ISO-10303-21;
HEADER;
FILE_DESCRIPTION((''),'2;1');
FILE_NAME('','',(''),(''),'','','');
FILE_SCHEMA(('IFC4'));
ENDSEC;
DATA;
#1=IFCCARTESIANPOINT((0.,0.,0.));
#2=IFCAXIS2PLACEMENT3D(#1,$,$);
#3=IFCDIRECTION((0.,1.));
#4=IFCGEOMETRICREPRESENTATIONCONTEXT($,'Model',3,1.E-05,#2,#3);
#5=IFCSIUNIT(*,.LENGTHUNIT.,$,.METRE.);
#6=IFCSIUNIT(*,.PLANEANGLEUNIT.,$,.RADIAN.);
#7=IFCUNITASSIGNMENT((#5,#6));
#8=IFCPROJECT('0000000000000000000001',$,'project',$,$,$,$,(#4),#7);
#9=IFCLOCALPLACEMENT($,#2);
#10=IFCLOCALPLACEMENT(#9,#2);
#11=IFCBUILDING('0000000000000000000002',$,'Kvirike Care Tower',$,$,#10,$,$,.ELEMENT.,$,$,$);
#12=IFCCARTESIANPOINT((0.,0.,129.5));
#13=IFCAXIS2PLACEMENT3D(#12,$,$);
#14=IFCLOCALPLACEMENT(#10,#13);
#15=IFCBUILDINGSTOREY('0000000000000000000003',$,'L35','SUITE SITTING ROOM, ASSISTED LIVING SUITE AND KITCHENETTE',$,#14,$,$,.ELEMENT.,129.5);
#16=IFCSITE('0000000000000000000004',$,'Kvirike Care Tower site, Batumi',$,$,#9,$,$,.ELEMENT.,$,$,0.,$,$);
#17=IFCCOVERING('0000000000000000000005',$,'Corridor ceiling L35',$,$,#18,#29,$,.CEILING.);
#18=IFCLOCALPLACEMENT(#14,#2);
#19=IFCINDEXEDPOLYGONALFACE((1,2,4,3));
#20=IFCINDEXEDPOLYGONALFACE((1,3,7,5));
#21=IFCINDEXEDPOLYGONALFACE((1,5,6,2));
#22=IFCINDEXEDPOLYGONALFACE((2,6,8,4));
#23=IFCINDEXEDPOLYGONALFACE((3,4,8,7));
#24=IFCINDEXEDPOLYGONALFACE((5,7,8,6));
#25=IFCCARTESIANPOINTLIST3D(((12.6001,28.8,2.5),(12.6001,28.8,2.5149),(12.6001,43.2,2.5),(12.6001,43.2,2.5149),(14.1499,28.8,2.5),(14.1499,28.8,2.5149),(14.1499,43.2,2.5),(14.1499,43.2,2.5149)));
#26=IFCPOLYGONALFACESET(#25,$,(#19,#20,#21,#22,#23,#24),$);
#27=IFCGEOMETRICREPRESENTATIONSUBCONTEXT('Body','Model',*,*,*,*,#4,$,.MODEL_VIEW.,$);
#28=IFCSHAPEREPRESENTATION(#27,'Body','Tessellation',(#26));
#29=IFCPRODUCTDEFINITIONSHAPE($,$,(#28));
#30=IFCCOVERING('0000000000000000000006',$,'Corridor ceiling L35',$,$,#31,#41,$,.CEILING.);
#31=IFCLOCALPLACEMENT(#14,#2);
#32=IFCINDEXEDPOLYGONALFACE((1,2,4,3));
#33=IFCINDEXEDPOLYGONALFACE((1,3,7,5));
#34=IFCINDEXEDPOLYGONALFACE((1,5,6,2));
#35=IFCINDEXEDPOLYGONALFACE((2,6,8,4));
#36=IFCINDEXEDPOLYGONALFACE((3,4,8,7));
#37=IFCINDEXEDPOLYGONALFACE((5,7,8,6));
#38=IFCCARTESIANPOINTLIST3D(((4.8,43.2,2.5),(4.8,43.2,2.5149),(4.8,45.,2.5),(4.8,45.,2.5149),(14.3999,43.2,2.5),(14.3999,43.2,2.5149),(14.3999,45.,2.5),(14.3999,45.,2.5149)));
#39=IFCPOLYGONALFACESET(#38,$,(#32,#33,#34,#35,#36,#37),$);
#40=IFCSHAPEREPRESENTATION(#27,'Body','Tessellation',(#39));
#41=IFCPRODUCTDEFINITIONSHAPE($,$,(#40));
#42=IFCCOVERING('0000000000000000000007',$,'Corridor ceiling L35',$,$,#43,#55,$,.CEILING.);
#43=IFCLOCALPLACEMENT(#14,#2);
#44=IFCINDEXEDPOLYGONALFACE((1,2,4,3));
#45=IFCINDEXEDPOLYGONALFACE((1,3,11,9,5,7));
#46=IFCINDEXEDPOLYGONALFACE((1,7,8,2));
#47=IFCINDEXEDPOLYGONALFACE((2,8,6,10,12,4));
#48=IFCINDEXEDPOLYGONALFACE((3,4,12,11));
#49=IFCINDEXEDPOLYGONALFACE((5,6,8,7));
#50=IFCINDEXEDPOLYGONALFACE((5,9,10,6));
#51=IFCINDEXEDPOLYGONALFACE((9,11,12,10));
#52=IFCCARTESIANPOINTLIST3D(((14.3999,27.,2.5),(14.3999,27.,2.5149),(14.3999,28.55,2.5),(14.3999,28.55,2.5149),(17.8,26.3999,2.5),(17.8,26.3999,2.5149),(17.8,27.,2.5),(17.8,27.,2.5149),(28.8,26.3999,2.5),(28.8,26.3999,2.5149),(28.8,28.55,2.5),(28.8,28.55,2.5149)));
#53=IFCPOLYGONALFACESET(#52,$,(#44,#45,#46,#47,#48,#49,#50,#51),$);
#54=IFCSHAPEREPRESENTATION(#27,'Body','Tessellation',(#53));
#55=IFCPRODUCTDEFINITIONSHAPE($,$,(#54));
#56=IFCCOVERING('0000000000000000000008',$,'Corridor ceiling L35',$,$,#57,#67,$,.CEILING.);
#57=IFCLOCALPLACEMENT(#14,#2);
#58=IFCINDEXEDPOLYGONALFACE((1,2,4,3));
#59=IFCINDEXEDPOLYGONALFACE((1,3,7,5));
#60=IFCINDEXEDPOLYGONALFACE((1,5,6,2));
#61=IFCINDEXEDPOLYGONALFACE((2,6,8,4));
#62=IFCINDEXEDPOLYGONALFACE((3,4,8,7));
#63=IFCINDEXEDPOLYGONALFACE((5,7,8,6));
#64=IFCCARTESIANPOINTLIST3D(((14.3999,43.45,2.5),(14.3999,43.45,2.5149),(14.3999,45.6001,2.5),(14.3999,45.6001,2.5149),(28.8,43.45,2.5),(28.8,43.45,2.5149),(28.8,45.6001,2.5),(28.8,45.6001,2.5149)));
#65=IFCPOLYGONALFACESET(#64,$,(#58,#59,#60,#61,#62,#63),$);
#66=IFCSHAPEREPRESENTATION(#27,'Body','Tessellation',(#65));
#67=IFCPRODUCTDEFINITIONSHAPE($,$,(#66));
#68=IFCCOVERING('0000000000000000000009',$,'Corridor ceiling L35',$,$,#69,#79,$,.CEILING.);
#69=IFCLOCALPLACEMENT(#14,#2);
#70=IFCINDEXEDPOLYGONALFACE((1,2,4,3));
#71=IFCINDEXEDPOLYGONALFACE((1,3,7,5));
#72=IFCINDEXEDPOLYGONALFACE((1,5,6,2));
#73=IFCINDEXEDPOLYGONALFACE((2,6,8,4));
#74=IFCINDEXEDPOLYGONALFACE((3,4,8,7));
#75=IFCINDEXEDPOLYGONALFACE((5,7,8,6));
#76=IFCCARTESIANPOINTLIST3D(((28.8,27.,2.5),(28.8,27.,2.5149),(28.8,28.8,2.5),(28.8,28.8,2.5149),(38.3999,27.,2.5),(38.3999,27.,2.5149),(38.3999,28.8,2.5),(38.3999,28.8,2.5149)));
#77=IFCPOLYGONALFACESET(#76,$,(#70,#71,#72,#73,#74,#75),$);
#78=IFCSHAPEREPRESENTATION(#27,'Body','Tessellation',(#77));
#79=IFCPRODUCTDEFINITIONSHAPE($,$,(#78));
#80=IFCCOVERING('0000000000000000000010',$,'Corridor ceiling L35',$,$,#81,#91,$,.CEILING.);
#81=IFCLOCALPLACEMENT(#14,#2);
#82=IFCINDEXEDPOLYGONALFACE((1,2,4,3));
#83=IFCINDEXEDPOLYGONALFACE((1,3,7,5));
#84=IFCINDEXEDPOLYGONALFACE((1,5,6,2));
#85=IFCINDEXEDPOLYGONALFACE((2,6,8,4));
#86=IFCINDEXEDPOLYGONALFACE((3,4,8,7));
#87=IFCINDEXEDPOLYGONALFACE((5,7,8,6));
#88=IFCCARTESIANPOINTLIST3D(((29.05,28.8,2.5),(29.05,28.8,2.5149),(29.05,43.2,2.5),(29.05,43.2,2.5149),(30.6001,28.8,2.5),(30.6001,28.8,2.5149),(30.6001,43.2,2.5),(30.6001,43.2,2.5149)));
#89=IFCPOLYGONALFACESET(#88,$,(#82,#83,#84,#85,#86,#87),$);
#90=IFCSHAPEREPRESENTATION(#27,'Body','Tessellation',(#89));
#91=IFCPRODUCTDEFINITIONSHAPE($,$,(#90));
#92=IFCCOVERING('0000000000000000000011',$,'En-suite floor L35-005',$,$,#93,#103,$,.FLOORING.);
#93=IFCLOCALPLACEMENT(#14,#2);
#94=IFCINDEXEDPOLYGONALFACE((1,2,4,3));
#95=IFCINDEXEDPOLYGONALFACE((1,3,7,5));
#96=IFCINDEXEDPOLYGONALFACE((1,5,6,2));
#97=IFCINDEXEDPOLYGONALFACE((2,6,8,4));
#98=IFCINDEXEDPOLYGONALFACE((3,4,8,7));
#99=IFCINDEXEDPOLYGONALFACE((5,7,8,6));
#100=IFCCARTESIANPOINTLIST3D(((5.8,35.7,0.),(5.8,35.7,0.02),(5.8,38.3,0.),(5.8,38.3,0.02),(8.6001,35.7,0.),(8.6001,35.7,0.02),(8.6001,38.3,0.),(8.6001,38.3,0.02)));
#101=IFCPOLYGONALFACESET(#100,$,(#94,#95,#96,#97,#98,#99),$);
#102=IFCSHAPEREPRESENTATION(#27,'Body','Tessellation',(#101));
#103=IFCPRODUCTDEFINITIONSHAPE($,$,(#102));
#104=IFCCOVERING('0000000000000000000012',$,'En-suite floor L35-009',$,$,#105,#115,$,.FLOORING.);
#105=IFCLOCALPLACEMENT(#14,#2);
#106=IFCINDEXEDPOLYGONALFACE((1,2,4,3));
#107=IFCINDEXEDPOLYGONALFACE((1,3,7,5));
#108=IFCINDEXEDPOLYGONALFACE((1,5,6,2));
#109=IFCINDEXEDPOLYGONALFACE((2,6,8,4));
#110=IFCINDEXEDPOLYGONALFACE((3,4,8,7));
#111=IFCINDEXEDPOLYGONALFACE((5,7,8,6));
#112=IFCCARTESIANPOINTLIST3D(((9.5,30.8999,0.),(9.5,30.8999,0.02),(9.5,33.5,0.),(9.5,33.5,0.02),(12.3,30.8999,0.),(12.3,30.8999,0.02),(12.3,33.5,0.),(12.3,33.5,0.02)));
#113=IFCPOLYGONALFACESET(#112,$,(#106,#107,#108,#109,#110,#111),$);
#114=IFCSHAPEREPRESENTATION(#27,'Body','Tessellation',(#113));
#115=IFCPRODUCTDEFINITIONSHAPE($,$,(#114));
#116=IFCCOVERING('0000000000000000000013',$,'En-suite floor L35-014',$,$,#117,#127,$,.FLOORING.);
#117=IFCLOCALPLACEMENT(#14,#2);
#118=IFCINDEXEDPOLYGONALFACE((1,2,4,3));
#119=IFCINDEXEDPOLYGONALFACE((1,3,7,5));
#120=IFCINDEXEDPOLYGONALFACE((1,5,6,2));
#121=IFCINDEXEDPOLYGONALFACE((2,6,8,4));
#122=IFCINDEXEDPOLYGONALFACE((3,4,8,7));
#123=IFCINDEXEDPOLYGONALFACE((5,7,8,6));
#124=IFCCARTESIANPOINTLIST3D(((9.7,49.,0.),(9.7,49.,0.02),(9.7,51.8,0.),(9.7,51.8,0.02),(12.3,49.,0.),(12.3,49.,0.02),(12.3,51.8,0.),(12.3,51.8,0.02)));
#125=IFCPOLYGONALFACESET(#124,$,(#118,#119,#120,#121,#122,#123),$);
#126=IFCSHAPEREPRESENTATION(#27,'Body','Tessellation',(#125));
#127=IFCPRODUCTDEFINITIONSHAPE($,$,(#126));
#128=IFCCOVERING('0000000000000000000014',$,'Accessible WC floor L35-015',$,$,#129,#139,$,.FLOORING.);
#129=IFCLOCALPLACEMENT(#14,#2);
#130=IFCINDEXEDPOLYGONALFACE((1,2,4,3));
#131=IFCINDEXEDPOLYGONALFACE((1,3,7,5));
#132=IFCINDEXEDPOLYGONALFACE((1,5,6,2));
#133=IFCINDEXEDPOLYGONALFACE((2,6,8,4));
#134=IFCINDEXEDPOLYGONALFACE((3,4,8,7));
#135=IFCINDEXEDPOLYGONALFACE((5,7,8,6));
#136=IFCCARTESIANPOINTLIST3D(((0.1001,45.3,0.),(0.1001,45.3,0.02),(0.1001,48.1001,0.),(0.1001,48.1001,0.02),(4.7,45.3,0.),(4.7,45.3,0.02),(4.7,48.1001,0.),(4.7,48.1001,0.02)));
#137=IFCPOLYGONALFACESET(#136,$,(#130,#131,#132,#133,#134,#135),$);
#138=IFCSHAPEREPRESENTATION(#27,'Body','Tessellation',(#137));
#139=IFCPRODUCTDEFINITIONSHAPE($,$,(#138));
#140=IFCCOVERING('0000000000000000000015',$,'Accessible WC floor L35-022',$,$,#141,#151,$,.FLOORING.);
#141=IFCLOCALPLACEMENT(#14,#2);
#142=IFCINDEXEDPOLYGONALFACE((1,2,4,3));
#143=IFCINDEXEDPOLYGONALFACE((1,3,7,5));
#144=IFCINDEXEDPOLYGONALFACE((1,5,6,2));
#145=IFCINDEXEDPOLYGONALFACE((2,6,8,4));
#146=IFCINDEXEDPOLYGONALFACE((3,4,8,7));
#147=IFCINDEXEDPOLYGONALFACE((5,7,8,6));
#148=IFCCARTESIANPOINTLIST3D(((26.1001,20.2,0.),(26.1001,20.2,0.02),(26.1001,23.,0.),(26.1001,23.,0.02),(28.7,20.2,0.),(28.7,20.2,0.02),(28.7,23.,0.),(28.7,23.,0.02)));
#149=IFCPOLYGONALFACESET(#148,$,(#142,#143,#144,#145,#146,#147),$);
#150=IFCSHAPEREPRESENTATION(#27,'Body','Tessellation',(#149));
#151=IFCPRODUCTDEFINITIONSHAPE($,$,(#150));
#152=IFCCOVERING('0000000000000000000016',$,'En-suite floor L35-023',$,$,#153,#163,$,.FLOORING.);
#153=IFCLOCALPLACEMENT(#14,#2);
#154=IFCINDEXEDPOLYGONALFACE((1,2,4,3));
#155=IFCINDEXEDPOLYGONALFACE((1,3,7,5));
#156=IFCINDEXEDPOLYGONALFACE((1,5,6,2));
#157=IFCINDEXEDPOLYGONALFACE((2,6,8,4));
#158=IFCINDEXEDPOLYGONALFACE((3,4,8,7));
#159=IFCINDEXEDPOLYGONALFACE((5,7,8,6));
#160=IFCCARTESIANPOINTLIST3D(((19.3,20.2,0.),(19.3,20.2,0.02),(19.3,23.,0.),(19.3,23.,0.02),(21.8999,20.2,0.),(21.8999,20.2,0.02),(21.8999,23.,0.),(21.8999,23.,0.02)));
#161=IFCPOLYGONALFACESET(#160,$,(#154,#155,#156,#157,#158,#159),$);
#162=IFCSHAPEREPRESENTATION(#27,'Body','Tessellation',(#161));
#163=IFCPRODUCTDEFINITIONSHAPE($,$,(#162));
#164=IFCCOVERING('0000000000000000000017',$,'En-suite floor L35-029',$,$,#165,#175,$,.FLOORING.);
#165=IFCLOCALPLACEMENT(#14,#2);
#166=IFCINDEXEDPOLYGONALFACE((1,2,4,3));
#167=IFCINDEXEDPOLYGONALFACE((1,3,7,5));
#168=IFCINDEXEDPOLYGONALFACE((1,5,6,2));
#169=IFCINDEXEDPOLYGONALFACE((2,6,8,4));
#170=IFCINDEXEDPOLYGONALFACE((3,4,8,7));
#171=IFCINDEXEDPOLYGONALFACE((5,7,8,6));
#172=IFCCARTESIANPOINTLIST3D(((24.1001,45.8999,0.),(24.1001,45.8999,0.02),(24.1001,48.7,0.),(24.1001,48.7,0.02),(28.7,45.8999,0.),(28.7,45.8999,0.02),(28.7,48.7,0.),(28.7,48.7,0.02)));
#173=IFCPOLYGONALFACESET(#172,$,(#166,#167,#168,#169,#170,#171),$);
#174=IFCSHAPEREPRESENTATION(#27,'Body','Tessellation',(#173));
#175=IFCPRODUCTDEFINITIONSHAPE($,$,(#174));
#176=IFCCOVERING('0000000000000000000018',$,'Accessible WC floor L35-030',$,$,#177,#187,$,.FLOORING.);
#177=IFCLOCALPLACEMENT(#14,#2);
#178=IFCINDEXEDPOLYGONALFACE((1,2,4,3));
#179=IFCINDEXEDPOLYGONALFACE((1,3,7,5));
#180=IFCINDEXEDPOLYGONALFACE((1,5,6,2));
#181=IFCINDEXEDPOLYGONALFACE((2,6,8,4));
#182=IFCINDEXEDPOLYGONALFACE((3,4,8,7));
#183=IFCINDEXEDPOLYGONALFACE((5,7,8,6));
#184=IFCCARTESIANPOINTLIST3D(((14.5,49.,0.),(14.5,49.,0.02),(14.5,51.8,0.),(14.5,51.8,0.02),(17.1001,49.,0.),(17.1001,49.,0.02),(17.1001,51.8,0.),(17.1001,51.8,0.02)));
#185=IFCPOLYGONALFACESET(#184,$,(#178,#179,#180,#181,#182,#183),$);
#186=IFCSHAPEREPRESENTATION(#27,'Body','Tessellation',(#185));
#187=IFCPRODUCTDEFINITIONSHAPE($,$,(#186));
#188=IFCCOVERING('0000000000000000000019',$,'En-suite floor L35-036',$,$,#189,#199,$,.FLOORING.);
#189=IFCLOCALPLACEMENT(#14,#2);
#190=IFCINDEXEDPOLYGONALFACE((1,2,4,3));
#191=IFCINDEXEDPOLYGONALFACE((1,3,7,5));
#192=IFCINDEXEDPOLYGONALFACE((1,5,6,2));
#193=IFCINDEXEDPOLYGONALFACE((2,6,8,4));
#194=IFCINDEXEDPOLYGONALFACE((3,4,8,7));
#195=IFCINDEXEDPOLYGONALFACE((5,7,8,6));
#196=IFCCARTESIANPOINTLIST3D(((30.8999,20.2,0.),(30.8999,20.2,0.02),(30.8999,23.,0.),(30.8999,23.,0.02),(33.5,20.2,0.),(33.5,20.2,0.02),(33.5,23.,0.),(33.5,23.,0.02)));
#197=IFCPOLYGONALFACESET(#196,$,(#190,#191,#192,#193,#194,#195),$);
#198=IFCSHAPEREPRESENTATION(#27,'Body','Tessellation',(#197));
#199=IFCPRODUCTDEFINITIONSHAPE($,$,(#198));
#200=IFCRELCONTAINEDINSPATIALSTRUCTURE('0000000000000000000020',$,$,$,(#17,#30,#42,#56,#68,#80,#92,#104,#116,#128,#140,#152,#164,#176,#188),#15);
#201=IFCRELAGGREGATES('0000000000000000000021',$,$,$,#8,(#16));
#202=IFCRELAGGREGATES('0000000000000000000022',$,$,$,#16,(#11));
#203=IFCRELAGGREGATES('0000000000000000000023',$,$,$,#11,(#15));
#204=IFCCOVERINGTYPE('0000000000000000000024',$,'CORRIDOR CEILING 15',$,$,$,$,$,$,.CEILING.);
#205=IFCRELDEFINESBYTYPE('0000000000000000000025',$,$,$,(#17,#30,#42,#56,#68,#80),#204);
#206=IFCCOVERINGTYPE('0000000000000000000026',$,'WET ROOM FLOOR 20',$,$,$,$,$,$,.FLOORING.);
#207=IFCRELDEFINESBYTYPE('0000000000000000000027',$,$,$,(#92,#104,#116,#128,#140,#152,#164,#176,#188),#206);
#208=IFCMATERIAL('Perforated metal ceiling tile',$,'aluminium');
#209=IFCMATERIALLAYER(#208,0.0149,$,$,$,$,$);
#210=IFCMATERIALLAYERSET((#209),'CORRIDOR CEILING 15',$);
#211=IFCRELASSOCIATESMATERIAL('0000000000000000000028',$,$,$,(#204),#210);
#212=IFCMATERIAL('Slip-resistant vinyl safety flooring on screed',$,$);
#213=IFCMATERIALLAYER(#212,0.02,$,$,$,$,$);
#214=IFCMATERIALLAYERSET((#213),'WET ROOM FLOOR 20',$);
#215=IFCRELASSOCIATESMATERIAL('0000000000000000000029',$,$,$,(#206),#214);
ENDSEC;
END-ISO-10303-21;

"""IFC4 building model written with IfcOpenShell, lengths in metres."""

from ifc_helpers import new_model, si_unit, direction, frame, origin, place, context, subcontext, project, spatial, polyline, outline, extrude, material, layer, layer_set, type_object, element, save


model = new_model("IFC4")

# Units and contexts
model_context = context("Model", 3, precision=1e-05, world=origin(), true_north=direction((0.0, 1.0)))
body_context = subcontext(model_context, "Body", "Model", "MODEL_VIEW")
ifc_project = project(units=[si_unit("LENGTHUNIT", "METRE"), si_unit("PLANEANGLEUNIT", "RADIAN")], contexts=[model_context])

# Site, building, storey
site_placement = place(None, origin())
site = spatial("IfcSite", under=ifc_project, at=site_placement, Name="Kvirike Care Tower site, Batumi", CompositionType="ELEMENT", RefElevation=0.0)
building_placement = place(site_placement, origin())
building = spatial("IfcBuilding", under=site, at=building_placement, Name="Kvirike Care Tower", CompositionType="ELEMENT")
storey_placement = place(building_placement, frame((0.0, 0.0, 129.5)))
storey = spatial("IfcBuildingStorey", under=building, at=storey_placement, Name="L35", Description="SUITE SITTING ROOM, ASSISTED LIVING SUITE AND KITCHENETTE", CompositionType="ELEMENT", Elevation=129.5)

# Coverings
ifc_material_1 = material(Name="Perforated metal ceiling tile", Category="aluminium")
ifc_layer_1 = layer(ifc_material_1, 0.0149)
ifc_layer_set_1 = layer_set([ifc_layer_1], Name="CORRIDOR CEILING 15")
covering_type_1 = type_object("IfcCoveringType", Name="CORRIDOR CEILING 15", PredefinedType="CEILING", material=ifc_layer_set_1)
covering_1_placement = place(storey_placement, frame((0.0, 0.0, 2.5)))
element("IfcCovering", 1, at=covering_1_placement, inside=storey, type_object=covering_type_1, Name="Corridor ceiling L35", PredefinedType="CEILING", context=body_context, shape_type="SweptSolid", body=[
    extrude(outline(polyline([(12.6001, 43.2), (14.1499, 43.2), (14.1499, 28.8), (12.6001, 28.8), (12.6001, 43.2)])), origin(), (0.0, 0.0, 1.0), 0.0149),
])
covering_2_placement = place(storey_placement, frame((0.0, 0.0, 2.5)))
element("IfcCovering", 2, at=covering_2_placement, inside=storey, type_object=covering_type_1, Name="Corridor ceiling L35", PredefinedType="CEILING", context=body_context, shape_type="SweptSolid", body=[
    extrude(outline(polyline([(14.3999, 45.0), (14.3999, 43.2), (4.8, 43.2), (4.8, 45.0), (14.3999, 45.0)])), origin(), (0.0, 0.0, 1.0), 0.0149),
])
covering_3_placement = place(storey_placement, frame((0.0, 0.0, 2.5)))
element("IfcCovering", 3, at=covering_3_placement, inside=storey, type_object=covering_type_1, Name="Corridor ceiling L35", PredefinedType="CEILING", context=body_context, shape_type="SweptSolid", body=[
    extrude(outline(polyline([(14.3999, 28.55), (28.8, 28.55), (28.8, 26.3999), (17.8, 26.3999), (17.8, 27.0), (14.3999, 27.0), (14.3999, 28.55)])), origin(), (0.0, 0.0, 1.0), 0.0149),
])
covering_4_placement = place(storey_placement, frame((0.0, 0.0, 2.5)))
element("IfcCovering", 4, at=covering_4_placement, inside=storey, type_object=covering_type_1, Name="Corridor ceiling L35", PredefinedType="CEILING", context=body_context, shape_type="SweptSolid", body=[
    extrude(outline(polyline([(28.8, 45.6001), (28.8, 43.45), (14.3999, 43.45), (14.3999, 45.6001), (28.8, 45.6001)])), origin(), (0.0, 0.0, 1.0), 0.0149),
])
covering_5_placement = place(storey_placement, frame((0.0, 0.0, 2.5)))
element("IfcCovering", 5, at=covering_5_placement, inside=storey, type_object=covering_type_1, Name="Corridor ceiling L35", PredefinedType="CEILING", context=body_context, shape_type="SweptSolid", body=[
    extrude(outline(polyline([(28.8, 27.0), (28.8, 28.8), (38.3999, 28.8), (38.3999, 27.0), (28.8, 27.0)])), origin(), (0.0, 0.0, 1.0), 0.0149),
])
covering_6_placement = place(storey_placement, frame((0.0, 0.0, 2.5)))
element("IfcCovering", 6, at=covering_6_placement, inside=storey, type_object=covering_type_1, Name="Corridor ceiling L35", PredefinedType="CEILING", context=body_context, shape_type="SweptSolid", body=[
    extrude(outline(polyline([(30.6001, 28.8), (29.05, 28.8), (29.05, 43.2), (30.6001, 43.2), (30.6001, 28.8)])), origin(), (0.0, 0.0, 1.0), 0.0149),
])
ifc_material_2 = material(Name="Slip-resistant vinyl safety flooring on screed")
ifc_layer_2 = layer(ifc_material_2, 0.02)
ifc_layer_set_2 = layer_set([ifc_layer_2], Name="WET ROOM FLOOR 20")
covering_type_2 = type_object("IfcCoveringType", Name="WET ROOM FLOOR 20", PredefinedType="FLOORING", material=ifc_layer_set_2)
covering_7_placement = place(storey_placement, origin())
element("IfcCovering", 7, at=covering_7_placement, inside=storey, type_object=covering_type_2, Name="En-suite floor L35-005", PredefinedType="FLOORING", context=body_context, shape_type="SweptSolid", body=[
    extrude(outline(polyline([(5.8, 38.3), (8.6001, 38.3), (8.6001, 35.7), (5.8, 35.7), (5.8, 38.3)])), origin(), (0.0, 0.0, 1.0), 0.02),
])
covering_8_placement = place(storey_placement, origin())
element("IfcCovering", 8, at=covering_8_placement, inside=storey, type_object=covering_type_2, Name="En-suite floor L35-009", PredefinedType="FLOORING", context=body_context, shape_type="SweptSolid", body=[
    extrude(outline(polyline([(9.5, 33.5), (12.3, 33.5), (12.3, 30.8999), (9.5, 30.8999), (9.5, 33.5)])), origin(), (0.0, 0.0, 1.0), 0.02),
])
covering_9_placement = place(storey_placement, origin())
element("IfcCovering", 9, at=covering_9_placement, inside=storey, type_object=covering_type_2, Name="En-suite floor L35-014", PredefinedType="FLOORING", context=body_context, shape_type="SweptSolid", body=[
    extrude(outline(polyline([(12.3, 51.8), (12.3, 49.0), (9.7, 49.0), (9.7, 51.8), (12.3, 51.8)])), origin(), (0.0, 0.0, 1.0), 0.02),
])
covering_10_placement = place(storey_placement, origin())
element("IfcCovering", 10, at=covering_10_placement, inside=storey, type_object=covering_type_2, Name="Accessible WC floor L35-015", PredefinedType="FLOORING", context=body_context, shape_type="SweptSolid", body=[
    extrude(outline(polyline([(4.7, 48.1001), (4.7, 45.3), (0.1001, 45.3), (0.1001, 48.1001), (4.7, 48.1001)])), origin(), (0.0, 0.0, 1.0), 0.02),
])
covering_11_placement = place(storey_placement, origin())
element("IfcCovering", 11, at=covering_11_placement, inside=storey, type_object=covering_type_2, Name="Accessible WC floor L35-022", PredefinedType="FLOORING", context=body_context, shape_type="SweptSolid", body=[
    extrude(outline(polyline([(26.1001, 20.2), (26.1001, 23.0), (28.7, 23.0), (28.7, 20.2), (26.1001, 20.2)])), origin(), (0.0, 0.0, 1.0), 0.02),
])
covering_12_placement = place(storey_placement, origin())
element("IfcCovering", 12, at=covering_12_placement, inside=storey, type_object=covering_type_2, Name="En-suite floor L35-023", PredefinedType="FLOORING", context=body_context, shape_type="SweptSolid", body=[
    extrude(outline(polyline([(19.3, 20.2), (19.3, 23.0), (21.8999, 23.0), (21.8999, 20.2), (19.3, 20.2)])), origin(), (0.0, 0.0, 1.0), 0.02),
])
covering_13_placement = place(storey_placement, origin())
element("IfcCovering", 13, at=covering_13_placement, inside=storey, type_object=covering_type_2, Name="En-suite floor L35-029", PredefinedType="FLOORING", context=body_context, shape_type="SweptSolid", body=[
    extrude(outline(polyline([(28.7, 48.7), (28.7, 45.8999), (24.1001, 45.8999), (24.1001, 48.7), (28.7, 48.7)])), origin(), (0.0, 0.0, 1.0), 0.02),
])
covering_14_placement = place(storey_placement, origin())
element("IfcCovering", 14, at=covering_14_placement, inside=storey, type_object=covering_type_2, Name="Accessible WC floor L35-030", PredefinedType="FLOORING", context=body_context, shape_type="SweptSolid", body=[
    extrude(outline(polyline([(17.1001, 51.8), (17.1001, 49.0), (14.5, 49.0), (14.5, 51.8), (17.1001, 51.8)])), origin(), (0.0, 0.0, 1.0), 0.02),
])
covering_15_placement = place(storey_placement, origin())
element("IfcCovering", 15, at=covering_15_placement, inside=storey, type_object=covering_type_2, Name="En-suite floor L35-036", PredefinedType="FLOORING", context=body_context, shape_type="SweptSolid", body=[
    extrude(outline(polyline([(30.8999, 20.2), (30.8999, 23.0), (33.5, 23.0), (33.5, 20.2), (30.8999, 20.2)])), origin(), (0.0, 0.0, 1.0), 0.02),
])

save(model, "model.ifc")
